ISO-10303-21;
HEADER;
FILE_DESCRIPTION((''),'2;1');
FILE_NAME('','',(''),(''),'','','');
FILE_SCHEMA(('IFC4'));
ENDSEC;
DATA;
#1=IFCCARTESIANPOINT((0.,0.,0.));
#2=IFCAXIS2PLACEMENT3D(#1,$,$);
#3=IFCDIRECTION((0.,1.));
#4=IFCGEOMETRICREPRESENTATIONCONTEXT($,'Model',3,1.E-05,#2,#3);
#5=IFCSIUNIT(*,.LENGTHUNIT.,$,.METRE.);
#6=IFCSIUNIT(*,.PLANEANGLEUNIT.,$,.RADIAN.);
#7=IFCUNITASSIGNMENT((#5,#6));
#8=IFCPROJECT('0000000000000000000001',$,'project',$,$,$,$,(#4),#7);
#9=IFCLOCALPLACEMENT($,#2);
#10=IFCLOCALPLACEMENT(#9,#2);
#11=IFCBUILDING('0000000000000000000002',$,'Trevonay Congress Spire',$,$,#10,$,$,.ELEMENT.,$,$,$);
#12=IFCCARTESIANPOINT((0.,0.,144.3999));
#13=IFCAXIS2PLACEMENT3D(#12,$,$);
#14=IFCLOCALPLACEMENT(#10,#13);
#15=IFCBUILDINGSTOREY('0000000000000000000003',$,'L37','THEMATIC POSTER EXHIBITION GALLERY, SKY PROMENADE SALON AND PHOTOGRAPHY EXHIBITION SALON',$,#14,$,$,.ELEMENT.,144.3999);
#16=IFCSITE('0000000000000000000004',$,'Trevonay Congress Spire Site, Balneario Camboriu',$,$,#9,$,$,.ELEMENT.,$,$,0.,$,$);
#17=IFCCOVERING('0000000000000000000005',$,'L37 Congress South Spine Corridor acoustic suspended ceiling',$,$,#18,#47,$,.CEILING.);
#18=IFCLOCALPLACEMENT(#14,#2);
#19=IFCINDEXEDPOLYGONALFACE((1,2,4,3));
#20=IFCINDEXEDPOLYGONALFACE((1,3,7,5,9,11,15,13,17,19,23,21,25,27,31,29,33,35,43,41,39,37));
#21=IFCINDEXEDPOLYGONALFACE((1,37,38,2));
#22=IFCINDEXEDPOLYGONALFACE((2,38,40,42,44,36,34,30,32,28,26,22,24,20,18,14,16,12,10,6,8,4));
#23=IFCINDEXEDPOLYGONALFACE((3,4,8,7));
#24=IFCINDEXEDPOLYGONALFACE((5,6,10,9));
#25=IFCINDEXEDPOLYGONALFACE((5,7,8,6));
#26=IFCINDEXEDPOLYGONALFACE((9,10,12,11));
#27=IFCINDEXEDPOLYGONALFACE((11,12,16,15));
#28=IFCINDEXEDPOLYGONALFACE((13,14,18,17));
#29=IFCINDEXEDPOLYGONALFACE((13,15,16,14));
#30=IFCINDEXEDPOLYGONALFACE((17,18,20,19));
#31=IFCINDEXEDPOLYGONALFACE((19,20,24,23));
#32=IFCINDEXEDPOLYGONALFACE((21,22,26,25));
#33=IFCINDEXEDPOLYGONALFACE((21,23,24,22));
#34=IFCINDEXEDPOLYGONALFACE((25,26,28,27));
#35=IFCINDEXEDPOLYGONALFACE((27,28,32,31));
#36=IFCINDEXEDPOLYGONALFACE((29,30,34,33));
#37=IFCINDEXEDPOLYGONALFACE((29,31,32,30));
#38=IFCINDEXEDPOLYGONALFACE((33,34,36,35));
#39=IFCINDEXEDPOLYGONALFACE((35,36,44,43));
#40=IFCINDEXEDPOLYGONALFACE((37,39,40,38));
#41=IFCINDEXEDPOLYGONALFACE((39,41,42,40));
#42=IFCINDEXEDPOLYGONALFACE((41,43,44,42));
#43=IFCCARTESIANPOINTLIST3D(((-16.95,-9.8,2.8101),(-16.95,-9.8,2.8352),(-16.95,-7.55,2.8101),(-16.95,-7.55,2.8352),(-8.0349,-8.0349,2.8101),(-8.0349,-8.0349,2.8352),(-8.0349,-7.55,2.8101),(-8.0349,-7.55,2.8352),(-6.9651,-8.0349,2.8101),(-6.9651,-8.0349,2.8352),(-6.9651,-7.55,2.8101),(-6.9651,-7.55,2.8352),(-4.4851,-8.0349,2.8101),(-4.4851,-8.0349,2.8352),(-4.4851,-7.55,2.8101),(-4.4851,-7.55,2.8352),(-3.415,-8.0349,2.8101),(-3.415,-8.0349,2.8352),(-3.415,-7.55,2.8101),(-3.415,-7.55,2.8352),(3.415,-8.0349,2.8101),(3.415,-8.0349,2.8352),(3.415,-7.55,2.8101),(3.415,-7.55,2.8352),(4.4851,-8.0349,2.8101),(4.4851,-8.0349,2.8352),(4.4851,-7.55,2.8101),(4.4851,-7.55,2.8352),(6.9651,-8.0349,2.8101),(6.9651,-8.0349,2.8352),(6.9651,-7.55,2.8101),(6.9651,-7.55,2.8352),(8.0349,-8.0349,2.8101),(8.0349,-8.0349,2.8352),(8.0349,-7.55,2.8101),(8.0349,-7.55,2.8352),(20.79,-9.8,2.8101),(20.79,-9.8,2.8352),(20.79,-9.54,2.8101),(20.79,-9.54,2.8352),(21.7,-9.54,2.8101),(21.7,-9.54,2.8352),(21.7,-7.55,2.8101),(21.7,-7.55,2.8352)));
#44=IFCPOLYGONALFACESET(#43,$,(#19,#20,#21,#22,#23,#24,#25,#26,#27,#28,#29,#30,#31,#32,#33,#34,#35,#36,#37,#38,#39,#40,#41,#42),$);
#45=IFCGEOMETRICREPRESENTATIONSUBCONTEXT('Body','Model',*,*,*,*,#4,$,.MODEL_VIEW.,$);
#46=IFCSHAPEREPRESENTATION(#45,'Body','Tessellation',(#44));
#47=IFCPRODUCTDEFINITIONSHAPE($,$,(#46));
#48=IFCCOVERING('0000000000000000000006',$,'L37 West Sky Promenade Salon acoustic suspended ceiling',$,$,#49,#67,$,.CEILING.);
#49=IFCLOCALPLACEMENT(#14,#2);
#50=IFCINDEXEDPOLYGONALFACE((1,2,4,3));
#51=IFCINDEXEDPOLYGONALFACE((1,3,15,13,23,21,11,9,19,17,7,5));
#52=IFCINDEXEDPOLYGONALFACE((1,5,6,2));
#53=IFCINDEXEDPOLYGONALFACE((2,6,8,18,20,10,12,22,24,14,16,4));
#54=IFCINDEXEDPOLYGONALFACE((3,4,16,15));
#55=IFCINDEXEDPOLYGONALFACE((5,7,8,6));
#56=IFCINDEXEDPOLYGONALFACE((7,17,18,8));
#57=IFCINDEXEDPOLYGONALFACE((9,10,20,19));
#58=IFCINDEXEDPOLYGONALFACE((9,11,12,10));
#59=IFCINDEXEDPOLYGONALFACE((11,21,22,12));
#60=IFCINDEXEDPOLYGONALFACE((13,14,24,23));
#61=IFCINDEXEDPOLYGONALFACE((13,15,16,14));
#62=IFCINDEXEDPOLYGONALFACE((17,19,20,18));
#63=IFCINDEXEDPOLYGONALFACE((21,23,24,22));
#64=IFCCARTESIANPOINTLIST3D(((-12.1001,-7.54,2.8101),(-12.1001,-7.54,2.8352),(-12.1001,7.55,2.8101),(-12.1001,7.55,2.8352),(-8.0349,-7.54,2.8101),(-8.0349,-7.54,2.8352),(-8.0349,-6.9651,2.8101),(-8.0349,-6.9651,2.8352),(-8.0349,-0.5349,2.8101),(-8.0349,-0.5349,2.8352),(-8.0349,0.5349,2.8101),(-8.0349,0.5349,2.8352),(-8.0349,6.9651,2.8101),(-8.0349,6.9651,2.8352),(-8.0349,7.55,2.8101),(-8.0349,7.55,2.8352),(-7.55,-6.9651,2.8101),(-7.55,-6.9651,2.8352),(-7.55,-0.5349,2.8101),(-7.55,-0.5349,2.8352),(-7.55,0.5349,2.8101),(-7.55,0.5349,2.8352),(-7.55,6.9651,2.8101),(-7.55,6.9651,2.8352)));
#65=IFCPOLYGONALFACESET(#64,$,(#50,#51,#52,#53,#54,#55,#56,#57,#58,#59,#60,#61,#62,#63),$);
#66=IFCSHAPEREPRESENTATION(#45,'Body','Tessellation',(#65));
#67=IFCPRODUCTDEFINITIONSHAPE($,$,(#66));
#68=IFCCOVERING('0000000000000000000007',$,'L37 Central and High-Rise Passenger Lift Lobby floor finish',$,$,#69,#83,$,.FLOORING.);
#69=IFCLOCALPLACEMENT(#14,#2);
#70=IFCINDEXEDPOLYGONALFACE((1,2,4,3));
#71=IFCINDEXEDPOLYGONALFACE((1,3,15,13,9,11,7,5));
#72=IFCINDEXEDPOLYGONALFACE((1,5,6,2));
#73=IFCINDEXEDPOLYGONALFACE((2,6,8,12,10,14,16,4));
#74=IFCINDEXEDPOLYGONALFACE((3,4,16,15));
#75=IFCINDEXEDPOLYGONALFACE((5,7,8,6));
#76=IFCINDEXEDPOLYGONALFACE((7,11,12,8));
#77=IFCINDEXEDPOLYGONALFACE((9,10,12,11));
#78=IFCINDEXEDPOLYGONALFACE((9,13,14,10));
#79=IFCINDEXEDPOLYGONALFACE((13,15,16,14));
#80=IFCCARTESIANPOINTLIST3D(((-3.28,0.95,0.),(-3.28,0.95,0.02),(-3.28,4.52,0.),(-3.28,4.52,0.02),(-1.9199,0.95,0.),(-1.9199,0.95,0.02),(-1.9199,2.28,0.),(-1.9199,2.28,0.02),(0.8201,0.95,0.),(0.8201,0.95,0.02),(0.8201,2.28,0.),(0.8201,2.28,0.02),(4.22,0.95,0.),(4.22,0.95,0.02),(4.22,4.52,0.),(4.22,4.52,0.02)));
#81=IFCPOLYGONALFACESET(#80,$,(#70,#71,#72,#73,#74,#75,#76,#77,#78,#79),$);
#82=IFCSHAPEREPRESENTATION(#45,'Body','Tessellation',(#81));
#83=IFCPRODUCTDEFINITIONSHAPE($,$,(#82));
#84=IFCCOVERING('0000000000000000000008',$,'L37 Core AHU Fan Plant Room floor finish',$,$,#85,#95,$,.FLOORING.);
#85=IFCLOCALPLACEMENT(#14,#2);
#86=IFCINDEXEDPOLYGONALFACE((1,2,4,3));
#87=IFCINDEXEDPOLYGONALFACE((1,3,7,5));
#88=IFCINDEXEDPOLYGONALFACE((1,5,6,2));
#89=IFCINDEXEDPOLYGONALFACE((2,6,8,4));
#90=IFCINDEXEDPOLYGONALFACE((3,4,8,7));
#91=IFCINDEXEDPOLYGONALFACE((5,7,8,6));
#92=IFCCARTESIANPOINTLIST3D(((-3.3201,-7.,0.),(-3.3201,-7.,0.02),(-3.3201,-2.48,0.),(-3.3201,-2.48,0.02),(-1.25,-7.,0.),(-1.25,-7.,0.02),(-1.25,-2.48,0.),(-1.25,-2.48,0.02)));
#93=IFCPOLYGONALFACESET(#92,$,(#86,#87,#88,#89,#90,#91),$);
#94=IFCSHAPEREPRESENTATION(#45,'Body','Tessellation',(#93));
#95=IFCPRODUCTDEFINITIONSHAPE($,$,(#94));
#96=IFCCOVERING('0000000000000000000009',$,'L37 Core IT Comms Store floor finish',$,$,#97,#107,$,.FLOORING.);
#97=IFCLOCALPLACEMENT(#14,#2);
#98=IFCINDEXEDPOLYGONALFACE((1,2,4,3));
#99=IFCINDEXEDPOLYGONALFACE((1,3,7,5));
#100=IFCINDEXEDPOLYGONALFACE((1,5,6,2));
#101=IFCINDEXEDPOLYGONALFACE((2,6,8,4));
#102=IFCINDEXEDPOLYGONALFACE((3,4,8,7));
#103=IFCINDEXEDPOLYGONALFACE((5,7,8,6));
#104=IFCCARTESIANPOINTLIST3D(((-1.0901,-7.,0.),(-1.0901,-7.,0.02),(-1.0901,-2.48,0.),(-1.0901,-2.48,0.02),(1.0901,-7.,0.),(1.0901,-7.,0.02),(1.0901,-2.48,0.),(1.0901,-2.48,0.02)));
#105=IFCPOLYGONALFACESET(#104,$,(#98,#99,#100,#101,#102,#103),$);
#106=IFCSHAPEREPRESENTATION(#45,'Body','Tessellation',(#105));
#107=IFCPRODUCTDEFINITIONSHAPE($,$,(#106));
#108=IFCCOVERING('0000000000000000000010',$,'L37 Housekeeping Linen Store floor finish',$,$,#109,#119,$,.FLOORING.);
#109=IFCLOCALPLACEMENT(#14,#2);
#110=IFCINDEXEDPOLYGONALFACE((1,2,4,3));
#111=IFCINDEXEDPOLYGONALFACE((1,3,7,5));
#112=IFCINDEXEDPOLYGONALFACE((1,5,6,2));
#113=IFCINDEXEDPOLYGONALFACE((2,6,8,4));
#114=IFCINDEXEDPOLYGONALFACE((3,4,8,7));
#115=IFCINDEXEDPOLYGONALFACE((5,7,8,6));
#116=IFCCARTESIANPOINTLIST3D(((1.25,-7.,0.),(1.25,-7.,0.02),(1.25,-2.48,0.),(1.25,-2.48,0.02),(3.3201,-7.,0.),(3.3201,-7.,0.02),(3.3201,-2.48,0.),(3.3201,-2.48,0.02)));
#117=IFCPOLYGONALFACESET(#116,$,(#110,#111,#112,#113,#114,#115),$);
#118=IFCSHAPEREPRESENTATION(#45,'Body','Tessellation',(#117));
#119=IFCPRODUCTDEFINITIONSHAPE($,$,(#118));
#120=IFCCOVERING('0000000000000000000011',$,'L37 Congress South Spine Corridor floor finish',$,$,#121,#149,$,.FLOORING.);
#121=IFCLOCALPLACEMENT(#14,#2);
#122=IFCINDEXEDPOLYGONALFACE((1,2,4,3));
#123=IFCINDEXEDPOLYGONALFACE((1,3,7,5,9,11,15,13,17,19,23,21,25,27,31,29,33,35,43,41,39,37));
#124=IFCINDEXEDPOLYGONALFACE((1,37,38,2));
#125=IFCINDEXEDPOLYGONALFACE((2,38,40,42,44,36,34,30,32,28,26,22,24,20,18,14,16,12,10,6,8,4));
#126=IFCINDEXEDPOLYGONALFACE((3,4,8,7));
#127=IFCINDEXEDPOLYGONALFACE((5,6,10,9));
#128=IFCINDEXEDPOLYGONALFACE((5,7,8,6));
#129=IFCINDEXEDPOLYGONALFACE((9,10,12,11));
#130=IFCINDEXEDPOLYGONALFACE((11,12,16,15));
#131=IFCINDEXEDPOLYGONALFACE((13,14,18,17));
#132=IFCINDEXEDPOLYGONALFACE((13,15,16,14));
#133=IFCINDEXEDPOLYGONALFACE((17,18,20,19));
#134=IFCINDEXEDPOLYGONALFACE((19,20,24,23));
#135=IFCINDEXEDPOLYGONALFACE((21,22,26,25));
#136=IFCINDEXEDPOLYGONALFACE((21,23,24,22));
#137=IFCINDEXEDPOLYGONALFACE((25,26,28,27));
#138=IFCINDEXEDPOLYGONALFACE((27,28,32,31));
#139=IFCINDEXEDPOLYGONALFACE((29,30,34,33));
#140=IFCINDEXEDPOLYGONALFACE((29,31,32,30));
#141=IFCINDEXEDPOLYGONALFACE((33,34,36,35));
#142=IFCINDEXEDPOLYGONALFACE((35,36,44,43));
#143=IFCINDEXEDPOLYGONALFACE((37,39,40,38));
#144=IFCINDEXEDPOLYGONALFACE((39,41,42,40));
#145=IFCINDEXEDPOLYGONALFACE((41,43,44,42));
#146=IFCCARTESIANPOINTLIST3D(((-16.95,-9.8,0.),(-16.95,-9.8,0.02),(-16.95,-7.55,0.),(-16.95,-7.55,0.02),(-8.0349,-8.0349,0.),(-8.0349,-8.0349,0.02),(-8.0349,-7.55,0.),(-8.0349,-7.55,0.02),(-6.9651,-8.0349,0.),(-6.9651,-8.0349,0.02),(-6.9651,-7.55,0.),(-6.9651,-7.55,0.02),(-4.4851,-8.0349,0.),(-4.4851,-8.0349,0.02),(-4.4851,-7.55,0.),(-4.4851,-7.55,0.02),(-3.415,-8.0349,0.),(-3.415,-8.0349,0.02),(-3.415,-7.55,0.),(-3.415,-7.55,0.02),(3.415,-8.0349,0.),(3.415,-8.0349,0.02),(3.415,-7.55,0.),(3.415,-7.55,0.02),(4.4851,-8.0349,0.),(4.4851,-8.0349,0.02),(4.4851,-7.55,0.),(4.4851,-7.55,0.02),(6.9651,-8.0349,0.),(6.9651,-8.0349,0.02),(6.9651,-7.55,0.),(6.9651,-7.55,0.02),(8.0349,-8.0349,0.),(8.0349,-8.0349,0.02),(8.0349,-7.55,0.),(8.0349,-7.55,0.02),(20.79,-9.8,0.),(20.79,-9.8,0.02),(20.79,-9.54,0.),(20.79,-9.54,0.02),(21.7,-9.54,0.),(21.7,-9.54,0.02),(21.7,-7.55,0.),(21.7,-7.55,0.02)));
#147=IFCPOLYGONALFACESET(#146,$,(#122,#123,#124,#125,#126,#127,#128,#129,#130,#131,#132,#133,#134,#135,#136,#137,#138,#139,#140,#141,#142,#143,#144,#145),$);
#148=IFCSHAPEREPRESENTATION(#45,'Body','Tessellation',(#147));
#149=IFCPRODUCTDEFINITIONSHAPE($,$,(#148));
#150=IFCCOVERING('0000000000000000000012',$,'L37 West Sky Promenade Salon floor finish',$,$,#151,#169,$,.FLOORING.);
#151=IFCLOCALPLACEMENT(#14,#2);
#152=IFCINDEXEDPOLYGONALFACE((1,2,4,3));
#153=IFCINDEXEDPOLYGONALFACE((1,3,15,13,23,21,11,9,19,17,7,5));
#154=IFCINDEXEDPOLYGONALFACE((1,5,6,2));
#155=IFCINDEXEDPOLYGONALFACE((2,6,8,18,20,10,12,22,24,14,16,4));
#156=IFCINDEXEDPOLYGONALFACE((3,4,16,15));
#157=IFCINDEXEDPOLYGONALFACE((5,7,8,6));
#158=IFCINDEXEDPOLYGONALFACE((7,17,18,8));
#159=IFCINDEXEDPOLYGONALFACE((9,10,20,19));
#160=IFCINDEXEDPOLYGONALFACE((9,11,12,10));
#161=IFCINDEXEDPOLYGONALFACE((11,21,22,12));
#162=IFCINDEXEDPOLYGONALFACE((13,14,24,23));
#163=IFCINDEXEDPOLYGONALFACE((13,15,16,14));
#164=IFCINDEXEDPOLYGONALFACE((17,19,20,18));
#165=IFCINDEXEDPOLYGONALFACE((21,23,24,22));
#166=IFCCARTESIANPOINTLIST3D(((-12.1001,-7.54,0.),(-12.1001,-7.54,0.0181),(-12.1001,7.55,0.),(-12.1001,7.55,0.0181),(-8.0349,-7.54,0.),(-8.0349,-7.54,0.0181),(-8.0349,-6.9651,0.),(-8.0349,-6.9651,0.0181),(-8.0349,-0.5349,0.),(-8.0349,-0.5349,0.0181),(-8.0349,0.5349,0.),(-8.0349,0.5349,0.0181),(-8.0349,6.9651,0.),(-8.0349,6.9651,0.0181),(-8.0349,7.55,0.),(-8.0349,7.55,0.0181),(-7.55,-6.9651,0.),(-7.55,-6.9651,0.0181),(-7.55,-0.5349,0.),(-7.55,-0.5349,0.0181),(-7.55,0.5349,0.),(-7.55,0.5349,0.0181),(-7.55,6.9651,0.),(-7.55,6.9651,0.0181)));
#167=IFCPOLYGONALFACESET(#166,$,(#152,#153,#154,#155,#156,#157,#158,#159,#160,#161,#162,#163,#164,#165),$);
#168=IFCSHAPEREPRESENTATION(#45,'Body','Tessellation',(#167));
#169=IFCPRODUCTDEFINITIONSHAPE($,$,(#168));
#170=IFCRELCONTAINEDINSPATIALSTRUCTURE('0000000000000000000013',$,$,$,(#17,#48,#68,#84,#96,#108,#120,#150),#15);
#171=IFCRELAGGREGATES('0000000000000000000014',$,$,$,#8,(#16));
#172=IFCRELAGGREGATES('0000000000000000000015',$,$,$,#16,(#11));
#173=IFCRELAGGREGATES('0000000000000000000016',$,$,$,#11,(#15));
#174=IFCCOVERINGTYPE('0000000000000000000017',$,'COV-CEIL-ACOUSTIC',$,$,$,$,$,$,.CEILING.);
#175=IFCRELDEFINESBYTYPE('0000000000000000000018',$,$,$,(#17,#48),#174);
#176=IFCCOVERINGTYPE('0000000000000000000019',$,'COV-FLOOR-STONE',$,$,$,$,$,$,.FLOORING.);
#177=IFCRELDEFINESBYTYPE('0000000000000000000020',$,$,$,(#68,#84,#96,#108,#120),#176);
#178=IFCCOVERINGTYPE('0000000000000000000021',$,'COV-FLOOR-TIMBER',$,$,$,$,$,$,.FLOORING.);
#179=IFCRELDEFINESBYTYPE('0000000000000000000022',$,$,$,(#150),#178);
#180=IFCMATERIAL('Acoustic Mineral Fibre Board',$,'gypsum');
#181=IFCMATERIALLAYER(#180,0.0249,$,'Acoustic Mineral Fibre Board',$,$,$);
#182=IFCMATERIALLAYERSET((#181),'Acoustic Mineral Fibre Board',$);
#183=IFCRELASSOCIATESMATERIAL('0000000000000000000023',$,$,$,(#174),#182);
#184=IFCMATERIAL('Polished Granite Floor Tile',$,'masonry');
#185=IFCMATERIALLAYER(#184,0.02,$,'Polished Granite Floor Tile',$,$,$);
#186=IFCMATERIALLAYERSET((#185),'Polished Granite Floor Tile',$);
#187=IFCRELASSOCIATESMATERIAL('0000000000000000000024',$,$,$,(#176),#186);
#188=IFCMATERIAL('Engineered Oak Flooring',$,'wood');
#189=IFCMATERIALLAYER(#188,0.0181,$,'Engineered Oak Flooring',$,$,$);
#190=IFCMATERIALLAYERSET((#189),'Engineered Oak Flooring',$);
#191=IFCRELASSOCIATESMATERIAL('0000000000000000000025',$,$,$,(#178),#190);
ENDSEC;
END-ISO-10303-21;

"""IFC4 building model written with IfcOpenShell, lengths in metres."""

from ifc_helpers import new_model, si_unit, direction, frame, origin, place, context, subcontext, project, spatial, polyline, outline, extrude, material, layer, layer_set, type_object, element, save


model = new_model("IFC4")

# Units and contexts
model_context = context("Model", 3, precision=1e-05, world=origin(), true_north=direction((0.0, 1.0)))
body_context = subcontext(model_context, "Body", "Model", "MODEL_VIEW")
ifc_project = project(units=[si_unit("LENGTHUNIT", "METRE"), si_unit("PLANEANGLEUNIT", "RADIAN")], contexts=[model_context])

# Site, building, storey
site_placement = place(None, origin())
site = spatial("IfcSite", under=ifc_project, at=site_placement, Name="Trevonay Congress Spire Site, Balneario Camboriu", CompositionType="ELEMENT", RefElevation=0.0)
building_placement = place(site_placement, origin())
building = spatial("IfcBuilding", under=site, at=building_placement, Name="Trevonay Congress Spire", CompositionType="ELEMENT")
storey_placement = place(building_placement, frame((0.0, 0.0, 144.3999)))
storey = spatial("IfcBuildingStorey", under=building, at=storey_placement, Name="L37", Description="THEMATIC POSTER EXHIBITION GALLERY, SKY PROMENADE SALON AND PHOTOGRAPHY EXHIBITION SALON", CompositionType="ELEMENT", Elevation=144.3999)

# Coverings
ifc_material_1 = material(Name="Acoustic Mineral Fibre Board", Category="gypsum")
ifc_layer_1 = layer(ifc_material_1, 0.0249, Name="Acoustic Mineral Fibre Board")
ifc_layer_set_1 = layer_set([ifc_layer_1], Name="Acoustic Mineral Fibre Board")
covering_type_1 = type_object("IfcCoveringType", Name="COV-CEIL-ACOUSTIC", PredefinedType="CEILING", material=ifc_layer_set_1)
covering_1_placement = place(storey_placement, frame((0.0, 0.0, 2.8101)))
element("IfcCovering", 1, at=covering_1_placement, inside=storey, type_object=covering_type_1, Name="L37 Congress South Spine Corridor acoustic suspended ceiling", PredefinedType="CEILING", context=body_context, shape_type="SweptSolid", body=[
    extrude(outline(polyline([(-16.95, -9.8), (-16.95, -7.55), (-8.0349, -7.55), (-8.0349, -8.0349), (-6.9651, -8.0349), (-6.9651, -7.55), (-4.4851, -7.55), (-4.4851, -8.0349), (-3.415, -8.0349), (-3.415, -7.55), (3.415, -7.55), (3.415, -8.0349), (4.4851, -8.0349), (4.4851, -7.55), (6.9651, -7.55), (6.9651, -8.0349), (8.0349, -8.0349), (8.0349, -7.55), (21.7, -7.55), (21.7, -9.54), (20.79, -9.54), (20.79, -9.8), (-16.95, -9.8)])), origin(), (0.0, 0.0, 1.0), 0.0251),
])
covering_2_placement = place(storey_placement, frame((0.0, 0.0, 2.8101)))
element("IfcCovering", 2, at=covering_2_placement, inside=storey, type_object=covering_type_1, Name="L37 West Sky Promenade Salon acoustic suspended ceiling", PredefinedType="CEILING", context=body_context, shape_type="SweptSolid", body=[
    extrude(outline(polyline([(-12.1001, 7.55), (-8.0349, 7.55), (-8.0349, 6.9651), (-7.55, 6.9651), (-7.55, 0.5349), (-8.0349, 0.5349), (-8.0349, -0.5349), (-7.55, -0.5349), (-7.55, -6.9651), (-8.0349, -6.9651), (-8.0349, -7.54), (-12.1001, -7.54), (-12.1001, 7.55)])), origin(), (0.0, 0.0, 1.0), 0.0251),
])
ifc_material_2 = material(Name="Polished Granite Floor Tile", Category="masonry")
ifc_layer_2 = layer(ifc_material_2, 0.02, Name="Polished Granite Floor Tile")
ifc_layer_set_2 = layer_set([ifc_layer_2], Name="Polished Granite Floor Tile")
covering_type_2 = type_object("IfcCoveringType", Name="COV-FLOOR-STONE", PredefinedType="FLOORING", material=ifc_layer_set_2)
covering_3_placement = place(storey_placement, origin())
element("IfcCovering", 3, at=covering_3_placement, inside=storey, type_object=covering_type_2, Name="L37 Central and High-Rise Passenger Lift Lobby floor finish", PredefinedType="FLOORING", context=body_context, shape_type="SweptSolid", body=[
    extrude(outline(polyline([(-3.28, 0.95), (-1.9199, 0.95), (-1.9199, 2.28), (0.8201, 2.28), (0.8201, 0.95), (4.22, 0.95), (4.22, 4.52), (-3.28, 4.52), (-3.28, 0.95)])), origin(), (0.0, 0.0, 1.0), 0.02),
])
covering_4_placement = place(storey_placement, origin())
element("IfcCovering", 4, at=covering_4_placement, inside=storey, type_object=covering_type_2, Name="L37 Core AHU Fan Plant Room floor finish", PredefinedType="FLOORING", context=body_context, shape_type="SweptSolid", body=[
    extrude(outline(polyline([(-3.3201, -7.0), (-1.25, -7.0), (-1.25, -2.48), (-3.3201, -2.48), (-3.3201, -7.0)])), origin(), (0.0, 0.0, 1.0), 0.02),
])
covering_5_placement = place(storey_placement, origin())
element("IfcCovering", 5, at=covering_5_placement, inside=storey, type_object=covering_type_2, Name="L37 Core IT Comms Store floor finish", PredefinedType="FLOORING", context=body_context, shape_type="SweptSolid", body=[
    extrude(outline(polyline([(-1.0901, -7.0), (1.0901, -7.0), (1.0901, -2.48), (-1.0901, -2.48), (-1.0901, -7.0)])), origin(), (0.0, 0.0, 1.0), 0.02),
])
covering_6_placement = place(storey_placement, origin())
element("IfcCovering", 6, at=covering_6_placement, inside=storey, type_object=covering_type_2, Name="L37 Housekeeping Linen Store floor finish", PredefinedType="FLOORING", context=body_context, shape_type="SweptSolid", body=[
    extrude(outline(polyline([(1.25, -7.0), (3.3201, -7.0), (3.3201, -2.48), (1.25, -2.48), (1.25, -7.0)])), origin(), (0.0, 0.0, 1.0), 0.02),
])
covering_7_placement = place(storey_placement, origin())
element("IfcCovering", 7, at=covering_7_placement, inside=storey, type_object=covering_type_2, Name="L37 Congress South Spine Corridor floor finish", PredefinedType="FLOORING", context=body_context, shape_type="SweptSolid", body=[
    extrude(outline(polyline([(-16.95, -9.8), (-16.95, -7.55), (-8.0349, -7.55), (-8.0349, -8.0349), (-6.9651, -8.0349), (-6.9651, -7.55), (-4.4851, -7.55), (-4.4851, -8.0349), (-3.415, -8.0349), (-3.415, -7.55), (3.415, -7.55), (3.415, -8.0349), (4.4851, -8.0349), (4.4851, -7.55), (6.9651, -7.55), (6.9651, -8.0349), (8.0349, -8.0349), (8.0349, -7.55), (21.7, -7.55), (21.7, -9.54), (20.79, -9.54), (20.79, -9.8), (-16.95, -9.8)])), origin(), (0.0, 0.0, 1.0), 0.02),
])
ifc_material_3 = material(Name="Engineered Oak Flooring", Category="wood")
ifc_layer_3 = layer(ifc_material_3, 0.0181, Name="Engineered Oak Flooring")
ifc_layer_set_3 = layer_set([ifc_layer_3], Name="Engineered Oak Flooring")
covering_type_3 = type_object("IfcCoveringType", Name="COV-FLOOR-TIMBER", PredefinedType="FLOORING", material=ifc_layer_set_3)
covering_8_placement = place(storey_placement, origin())
element("IfcCovering", 8, at=covering_8_placement, inside=storey, type_object=covering_type_3, Name="L37 West Sky Promenade Salon floor finish", PredefinedType="FLOORING", context=body_context, shape_type="SweptSolid", body=[
    extrude(outline(polyline([(-12.1001, 7.55), (-8.0349, 7.55), (-8.0349, 6.9651), (-7.55, 6.9651), (-7.55, 0.5349), (-8.0349, 0.5349), (-8.0349, -0.5349), (-7.55, -0.5349), (-7.55, -6.9651), (-8.0349, -6.9651), (-8.0349, -7.54), (-12.1001, -7.54), (-12.1001, 7.55)])), origin(), (0.0, 0.0, 1.0), 0.0181),
])

save(model, "model.ifc")
